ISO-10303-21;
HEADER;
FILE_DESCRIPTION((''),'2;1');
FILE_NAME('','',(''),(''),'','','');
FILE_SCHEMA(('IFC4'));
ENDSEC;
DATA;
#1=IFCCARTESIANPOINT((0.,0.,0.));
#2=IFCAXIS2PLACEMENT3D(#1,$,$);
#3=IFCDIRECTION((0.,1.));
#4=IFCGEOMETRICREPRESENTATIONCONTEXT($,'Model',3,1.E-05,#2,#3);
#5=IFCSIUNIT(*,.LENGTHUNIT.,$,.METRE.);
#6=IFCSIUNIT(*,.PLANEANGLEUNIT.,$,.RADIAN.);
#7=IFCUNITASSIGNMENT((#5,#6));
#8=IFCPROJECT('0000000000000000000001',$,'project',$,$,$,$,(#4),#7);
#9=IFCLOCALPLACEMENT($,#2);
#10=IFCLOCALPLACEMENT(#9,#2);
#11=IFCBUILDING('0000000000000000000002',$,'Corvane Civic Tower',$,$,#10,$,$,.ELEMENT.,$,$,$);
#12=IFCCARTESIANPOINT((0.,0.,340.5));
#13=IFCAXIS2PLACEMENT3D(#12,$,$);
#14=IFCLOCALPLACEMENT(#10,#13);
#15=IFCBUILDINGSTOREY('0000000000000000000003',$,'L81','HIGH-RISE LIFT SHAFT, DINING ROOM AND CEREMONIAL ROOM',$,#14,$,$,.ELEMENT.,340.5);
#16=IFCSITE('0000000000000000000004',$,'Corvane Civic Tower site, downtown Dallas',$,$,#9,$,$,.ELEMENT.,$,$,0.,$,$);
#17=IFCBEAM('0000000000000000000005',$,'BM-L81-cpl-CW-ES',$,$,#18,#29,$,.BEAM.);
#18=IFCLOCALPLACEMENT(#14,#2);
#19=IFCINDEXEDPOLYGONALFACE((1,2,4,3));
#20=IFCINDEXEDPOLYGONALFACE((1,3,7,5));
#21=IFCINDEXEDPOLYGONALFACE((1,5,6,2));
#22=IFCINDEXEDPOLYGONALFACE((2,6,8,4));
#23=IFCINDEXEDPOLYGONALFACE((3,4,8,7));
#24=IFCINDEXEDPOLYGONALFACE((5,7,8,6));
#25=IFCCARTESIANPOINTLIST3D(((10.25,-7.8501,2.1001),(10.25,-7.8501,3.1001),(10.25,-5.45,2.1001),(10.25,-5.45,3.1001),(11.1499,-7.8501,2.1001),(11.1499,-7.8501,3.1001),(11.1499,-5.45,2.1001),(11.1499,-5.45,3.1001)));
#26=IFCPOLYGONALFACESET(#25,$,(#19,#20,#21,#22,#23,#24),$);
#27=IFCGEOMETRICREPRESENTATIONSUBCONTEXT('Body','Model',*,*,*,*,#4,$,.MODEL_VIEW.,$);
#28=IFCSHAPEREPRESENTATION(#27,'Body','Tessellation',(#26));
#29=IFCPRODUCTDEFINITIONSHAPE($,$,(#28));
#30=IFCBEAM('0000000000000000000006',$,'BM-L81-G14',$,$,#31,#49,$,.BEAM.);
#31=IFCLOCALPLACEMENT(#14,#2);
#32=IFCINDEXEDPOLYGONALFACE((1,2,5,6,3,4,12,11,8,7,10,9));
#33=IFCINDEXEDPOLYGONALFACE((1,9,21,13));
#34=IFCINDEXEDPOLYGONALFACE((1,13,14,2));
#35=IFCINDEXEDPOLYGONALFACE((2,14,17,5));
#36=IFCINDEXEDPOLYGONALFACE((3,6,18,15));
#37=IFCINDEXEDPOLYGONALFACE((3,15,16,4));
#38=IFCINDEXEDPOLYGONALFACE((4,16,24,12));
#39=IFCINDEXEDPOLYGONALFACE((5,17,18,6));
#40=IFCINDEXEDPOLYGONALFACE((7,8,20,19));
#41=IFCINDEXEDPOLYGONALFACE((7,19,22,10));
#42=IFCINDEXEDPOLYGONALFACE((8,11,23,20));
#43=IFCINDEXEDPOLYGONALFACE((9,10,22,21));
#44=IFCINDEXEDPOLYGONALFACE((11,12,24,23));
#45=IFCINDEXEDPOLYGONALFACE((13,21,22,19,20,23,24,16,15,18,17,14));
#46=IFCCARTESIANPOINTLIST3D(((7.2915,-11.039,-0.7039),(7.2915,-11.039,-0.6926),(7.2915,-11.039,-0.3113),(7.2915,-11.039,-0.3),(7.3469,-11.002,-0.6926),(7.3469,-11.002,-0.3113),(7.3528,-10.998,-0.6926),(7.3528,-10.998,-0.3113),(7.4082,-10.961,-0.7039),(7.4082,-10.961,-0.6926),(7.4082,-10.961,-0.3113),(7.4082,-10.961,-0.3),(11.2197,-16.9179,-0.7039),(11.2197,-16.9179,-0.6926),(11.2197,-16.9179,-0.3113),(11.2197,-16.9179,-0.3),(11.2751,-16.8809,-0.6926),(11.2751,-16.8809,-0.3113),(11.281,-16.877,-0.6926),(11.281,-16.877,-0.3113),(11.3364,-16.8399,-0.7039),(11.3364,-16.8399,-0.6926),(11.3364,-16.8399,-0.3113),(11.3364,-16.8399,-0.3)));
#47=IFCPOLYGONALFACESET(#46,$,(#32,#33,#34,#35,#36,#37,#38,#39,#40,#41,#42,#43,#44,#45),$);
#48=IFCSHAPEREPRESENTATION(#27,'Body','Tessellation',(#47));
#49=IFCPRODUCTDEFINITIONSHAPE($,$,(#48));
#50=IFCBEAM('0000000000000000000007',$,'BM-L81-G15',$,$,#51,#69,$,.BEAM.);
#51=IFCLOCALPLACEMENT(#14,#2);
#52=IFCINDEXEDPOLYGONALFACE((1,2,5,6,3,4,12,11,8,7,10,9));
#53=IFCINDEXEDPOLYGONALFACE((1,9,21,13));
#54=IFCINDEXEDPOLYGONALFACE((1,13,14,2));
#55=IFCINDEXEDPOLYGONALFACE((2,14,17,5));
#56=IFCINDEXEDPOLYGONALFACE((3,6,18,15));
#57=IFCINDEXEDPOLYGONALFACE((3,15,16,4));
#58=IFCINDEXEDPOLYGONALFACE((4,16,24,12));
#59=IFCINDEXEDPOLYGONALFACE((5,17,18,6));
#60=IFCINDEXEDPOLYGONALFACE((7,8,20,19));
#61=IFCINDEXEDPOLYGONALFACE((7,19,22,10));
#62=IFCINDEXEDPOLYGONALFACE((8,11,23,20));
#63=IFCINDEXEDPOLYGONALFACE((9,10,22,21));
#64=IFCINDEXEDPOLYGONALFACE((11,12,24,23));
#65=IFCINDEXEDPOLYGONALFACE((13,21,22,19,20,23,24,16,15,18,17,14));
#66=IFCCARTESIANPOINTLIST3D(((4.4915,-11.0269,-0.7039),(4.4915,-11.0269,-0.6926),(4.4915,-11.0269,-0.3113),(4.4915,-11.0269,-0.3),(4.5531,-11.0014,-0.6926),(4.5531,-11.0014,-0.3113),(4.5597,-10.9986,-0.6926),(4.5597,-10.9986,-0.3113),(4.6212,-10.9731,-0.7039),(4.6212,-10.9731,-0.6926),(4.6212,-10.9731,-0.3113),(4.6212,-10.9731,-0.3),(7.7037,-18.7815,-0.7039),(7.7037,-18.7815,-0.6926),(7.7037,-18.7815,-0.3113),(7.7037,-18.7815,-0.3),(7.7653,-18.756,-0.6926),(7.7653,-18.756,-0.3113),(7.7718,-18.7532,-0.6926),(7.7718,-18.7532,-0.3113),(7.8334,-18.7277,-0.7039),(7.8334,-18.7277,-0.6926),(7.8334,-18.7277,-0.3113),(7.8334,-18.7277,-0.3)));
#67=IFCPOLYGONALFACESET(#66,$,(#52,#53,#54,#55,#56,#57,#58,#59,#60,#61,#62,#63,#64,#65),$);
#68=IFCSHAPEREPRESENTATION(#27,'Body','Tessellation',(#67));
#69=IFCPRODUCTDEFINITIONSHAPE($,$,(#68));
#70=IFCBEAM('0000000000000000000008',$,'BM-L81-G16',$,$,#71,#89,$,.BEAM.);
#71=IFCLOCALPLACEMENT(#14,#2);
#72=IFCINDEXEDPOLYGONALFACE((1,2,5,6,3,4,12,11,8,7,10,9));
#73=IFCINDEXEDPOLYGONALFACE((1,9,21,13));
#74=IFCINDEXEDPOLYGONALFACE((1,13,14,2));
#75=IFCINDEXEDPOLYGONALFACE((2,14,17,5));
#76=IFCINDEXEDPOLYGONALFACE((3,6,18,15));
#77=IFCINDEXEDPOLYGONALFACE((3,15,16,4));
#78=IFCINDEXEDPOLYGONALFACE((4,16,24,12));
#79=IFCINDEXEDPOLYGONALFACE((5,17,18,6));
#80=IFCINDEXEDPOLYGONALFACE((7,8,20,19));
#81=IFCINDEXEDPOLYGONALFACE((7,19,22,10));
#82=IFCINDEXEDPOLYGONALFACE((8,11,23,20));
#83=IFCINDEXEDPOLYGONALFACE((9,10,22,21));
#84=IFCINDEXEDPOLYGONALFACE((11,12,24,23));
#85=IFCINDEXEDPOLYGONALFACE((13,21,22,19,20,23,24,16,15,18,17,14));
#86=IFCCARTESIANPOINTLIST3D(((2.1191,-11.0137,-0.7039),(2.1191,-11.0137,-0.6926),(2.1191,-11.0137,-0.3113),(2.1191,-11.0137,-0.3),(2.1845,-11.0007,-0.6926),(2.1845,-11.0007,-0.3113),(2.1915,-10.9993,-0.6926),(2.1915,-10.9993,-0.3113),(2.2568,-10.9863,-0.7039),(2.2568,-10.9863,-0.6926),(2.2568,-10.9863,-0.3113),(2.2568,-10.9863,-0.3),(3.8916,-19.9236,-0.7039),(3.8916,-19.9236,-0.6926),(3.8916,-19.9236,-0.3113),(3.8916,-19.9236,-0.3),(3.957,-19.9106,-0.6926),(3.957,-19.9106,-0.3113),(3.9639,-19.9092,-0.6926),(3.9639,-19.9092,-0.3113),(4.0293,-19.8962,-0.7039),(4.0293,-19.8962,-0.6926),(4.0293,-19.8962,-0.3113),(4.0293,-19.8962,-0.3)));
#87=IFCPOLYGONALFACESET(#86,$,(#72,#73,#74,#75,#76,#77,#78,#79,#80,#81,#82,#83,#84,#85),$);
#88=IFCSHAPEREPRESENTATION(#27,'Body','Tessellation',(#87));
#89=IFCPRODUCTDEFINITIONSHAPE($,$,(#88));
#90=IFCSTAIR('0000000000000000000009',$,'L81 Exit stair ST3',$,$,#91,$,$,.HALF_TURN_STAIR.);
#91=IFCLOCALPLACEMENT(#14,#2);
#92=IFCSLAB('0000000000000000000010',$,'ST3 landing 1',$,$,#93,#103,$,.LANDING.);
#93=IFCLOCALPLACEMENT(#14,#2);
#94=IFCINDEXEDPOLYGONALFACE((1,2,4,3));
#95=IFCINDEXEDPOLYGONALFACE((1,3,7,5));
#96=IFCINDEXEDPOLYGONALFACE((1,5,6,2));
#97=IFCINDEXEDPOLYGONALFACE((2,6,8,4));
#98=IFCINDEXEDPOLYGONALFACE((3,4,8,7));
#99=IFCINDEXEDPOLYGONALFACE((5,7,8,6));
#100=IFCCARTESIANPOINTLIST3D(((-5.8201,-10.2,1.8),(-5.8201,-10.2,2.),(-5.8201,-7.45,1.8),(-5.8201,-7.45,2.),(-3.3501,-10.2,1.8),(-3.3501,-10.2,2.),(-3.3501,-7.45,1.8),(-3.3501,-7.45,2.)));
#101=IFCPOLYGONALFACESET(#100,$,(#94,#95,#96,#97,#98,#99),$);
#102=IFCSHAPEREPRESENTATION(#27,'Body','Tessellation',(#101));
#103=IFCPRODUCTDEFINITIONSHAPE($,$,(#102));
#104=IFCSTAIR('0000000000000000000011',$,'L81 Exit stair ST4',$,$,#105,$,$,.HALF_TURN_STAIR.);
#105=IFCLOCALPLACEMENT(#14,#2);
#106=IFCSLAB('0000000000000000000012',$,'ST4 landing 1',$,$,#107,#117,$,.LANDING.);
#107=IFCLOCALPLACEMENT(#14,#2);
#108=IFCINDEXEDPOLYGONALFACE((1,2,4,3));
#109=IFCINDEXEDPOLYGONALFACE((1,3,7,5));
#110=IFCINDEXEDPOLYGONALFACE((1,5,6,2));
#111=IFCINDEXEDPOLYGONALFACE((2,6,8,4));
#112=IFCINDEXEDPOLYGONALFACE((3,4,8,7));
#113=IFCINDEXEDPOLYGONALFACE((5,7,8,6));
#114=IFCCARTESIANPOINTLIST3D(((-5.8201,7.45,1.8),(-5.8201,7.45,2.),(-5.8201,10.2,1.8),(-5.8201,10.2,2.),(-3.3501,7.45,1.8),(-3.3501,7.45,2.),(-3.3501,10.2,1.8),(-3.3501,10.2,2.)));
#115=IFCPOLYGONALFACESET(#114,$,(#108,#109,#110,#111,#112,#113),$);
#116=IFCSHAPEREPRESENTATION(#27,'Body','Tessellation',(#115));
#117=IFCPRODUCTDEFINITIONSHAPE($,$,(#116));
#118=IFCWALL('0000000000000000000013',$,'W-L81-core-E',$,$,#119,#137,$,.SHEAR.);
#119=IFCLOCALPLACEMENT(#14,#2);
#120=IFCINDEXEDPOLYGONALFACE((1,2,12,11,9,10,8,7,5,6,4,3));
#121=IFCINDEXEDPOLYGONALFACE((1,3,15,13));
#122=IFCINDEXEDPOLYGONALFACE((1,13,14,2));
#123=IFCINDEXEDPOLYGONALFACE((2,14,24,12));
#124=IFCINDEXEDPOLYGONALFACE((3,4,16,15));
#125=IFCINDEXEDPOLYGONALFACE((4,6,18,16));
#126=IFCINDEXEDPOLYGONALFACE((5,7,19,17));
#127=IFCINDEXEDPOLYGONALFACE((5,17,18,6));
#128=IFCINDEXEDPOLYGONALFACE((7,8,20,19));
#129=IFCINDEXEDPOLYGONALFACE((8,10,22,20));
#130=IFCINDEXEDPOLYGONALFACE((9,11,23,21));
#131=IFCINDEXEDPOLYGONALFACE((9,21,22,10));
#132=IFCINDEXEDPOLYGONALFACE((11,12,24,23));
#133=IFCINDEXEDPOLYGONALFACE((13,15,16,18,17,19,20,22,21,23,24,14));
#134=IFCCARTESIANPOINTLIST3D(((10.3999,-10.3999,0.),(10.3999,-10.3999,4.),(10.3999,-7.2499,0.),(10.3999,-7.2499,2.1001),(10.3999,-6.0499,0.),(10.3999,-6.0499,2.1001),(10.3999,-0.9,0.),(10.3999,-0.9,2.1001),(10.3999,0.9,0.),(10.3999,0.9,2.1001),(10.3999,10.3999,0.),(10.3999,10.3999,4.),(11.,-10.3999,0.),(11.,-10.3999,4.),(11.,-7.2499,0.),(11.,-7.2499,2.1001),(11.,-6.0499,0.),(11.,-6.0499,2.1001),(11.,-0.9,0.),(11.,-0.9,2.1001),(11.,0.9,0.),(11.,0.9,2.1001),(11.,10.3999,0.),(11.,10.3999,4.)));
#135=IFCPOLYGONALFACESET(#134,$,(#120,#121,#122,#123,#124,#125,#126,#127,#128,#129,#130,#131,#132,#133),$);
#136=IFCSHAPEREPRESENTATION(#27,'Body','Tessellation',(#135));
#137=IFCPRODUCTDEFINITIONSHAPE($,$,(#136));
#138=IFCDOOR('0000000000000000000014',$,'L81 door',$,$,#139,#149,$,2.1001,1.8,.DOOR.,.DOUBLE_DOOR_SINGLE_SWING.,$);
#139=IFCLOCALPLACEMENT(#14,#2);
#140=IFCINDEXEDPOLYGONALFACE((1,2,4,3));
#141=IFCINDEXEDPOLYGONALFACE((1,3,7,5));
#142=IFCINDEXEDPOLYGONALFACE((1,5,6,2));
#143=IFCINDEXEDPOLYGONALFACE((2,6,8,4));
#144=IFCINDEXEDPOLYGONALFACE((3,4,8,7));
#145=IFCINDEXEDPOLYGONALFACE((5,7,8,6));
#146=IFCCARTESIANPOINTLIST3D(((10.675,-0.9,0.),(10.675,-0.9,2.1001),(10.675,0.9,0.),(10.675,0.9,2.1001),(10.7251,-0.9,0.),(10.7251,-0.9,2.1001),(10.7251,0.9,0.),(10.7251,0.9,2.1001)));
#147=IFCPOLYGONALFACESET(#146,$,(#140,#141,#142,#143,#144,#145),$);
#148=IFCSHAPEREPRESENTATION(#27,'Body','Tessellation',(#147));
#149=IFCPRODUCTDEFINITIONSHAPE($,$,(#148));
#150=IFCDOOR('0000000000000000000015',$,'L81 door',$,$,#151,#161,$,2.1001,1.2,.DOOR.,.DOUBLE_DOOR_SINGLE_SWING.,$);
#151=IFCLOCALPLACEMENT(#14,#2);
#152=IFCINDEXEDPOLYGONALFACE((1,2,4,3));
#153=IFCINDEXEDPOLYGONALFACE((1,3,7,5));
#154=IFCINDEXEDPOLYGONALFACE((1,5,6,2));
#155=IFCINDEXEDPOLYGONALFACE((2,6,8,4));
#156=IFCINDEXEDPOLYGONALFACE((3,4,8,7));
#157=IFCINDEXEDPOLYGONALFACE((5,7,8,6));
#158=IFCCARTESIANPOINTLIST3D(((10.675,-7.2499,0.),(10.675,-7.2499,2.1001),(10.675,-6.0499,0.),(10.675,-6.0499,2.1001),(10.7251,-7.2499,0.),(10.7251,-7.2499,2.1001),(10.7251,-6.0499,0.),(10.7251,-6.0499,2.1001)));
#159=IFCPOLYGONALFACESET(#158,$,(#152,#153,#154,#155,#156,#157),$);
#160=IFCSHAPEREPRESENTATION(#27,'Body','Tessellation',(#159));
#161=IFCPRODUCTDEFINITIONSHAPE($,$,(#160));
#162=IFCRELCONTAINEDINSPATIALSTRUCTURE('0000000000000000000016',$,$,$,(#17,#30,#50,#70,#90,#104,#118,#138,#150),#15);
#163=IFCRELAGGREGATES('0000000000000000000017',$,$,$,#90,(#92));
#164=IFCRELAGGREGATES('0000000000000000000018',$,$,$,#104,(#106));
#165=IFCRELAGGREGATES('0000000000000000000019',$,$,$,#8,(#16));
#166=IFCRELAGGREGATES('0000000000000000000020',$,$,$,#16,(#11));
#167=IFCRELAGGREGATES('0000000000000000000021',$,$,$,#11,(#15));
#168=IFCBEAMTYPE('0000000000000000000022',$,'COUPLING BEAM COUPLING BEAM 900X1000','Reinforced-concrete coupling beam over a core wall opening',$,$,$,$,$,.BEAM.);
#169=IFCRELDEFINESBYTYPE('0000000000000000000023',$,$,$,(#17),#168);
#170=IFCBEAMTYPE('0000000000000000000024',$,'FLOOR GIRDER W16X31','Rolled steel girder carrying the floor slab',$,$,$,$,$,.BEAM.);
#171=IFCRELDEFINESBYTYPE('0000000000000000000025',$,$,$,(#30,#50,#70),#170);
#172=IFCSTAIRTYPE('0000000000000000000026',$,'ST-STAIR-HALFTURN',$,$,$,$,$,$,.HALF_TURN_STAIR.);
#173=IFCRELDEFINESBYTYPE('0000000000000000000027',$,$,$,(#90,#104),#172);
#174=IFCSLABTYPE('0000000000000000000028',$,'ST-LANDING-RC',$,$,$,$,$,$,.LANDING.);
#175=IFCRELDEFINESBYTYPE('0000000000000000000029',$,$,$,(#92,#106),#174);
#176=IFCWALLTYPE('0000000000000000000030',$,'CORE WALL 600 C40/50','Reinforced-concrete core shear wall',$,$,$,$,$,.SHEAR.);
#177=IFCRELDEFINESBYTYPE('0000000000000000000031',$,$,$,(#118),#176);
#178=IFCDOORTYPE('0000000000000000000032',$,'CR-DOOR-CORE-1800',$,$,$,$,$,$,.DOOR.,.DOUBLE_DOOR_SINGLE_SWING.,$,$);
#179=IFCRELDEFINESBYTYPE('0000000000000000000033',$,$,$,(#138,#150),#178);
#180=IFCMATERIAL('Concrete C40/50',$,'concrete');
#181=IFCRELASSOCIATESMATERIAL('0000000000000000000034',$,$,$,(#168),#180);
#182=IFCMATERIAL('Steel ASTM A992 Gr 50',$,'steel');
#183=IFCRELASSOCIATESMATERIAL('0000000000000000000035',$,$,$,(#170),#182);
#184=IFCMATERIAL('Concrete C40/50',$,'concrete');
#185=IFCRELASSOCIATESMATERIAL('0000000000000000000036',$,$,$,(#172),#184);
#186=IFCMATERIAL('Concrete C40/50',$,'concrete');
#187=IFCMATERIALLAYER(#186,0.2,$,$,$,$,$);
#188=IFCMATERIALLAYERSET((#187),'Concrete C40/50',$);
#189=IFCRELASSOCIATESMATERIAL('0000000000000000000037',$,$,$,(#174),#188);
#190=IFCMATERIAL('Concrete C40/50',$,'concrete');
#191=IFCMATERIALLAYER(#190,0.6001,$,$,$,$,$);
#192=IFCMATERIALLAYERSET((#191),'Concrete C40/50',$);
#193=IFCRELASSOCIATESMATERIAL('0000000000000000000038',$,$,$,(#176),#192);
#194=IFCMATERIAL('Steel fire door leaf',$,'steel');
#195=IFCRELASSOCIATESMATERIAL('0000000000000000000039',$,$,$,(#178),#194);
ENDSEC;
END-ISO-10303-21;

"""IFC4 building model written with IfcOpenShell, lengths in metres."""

from ifc_helpers import new_model, si_unit, direction, frame, frame_2d, origin, origin_2d, place, context, subcontext, project, spatial, polyline, rectangle, i_section, outline, extrude, material, layer, layer_set, material_profile, profile_set, type_object, element, fill, aggregate, save


model = new_model("IFC4")

# Units and contexts
model_context = context("Model", 3, precision=1e-05, world=origin(), true_north=direction((0.0, 1.0)))
body_context = subcontext(model_context, "Body", "Model", "MODEL_VIEW")
ifc_project = project(units=[si_unit("LENGTHUNIT", "METRE"), si_unit("PLANEANGLEUNIT", "RADIAN")], contexts=[model_context])

# Site, building, storey
site_placement = place(None, origin())
site = spatial("IfcSite", under=ifc_project, at=site_placement, Name="Corvane Civic Tower site, downtown Dallas", CompositionType="ELEMENT", RefElevation=0.0)
building_placement = place(site_placement, origin())
building = spatial("IfcBuilding", under=site, at=building_placement, Name="Corvane Civic Tower", CompositionType="ELEMENT")
storey_placement = place(building_placement, frame((0.0, 0.0, 340.5)))
storey = spatial("IfcBuildingStorey", under=building, at=storey_placement, Name="L81", Description="HIGH-RISE LIFT SHAFT, DINING ROOM AND CEREMONIAL ROOM", CompositionType="ELEMENT", Elevation=340.5)

# Beams
ifc_material_1 = material(Name="Concrete C40/50", Category="concrete")
ifc_material_profile_1 = material_profile(ifc_material_1, rectangle(XDim=0.8999, YDim=1.0, at=origin_2d()), Name="COUPLING BEAM 900X1000")
ifc_profile_set_1 = profile_set([ifc_material_profile_1], Name="Concrete C40/50")
beam_type_1 = type_object("IfcBeamType", Name="COUPLING BEAM COUPLING BEAM 900X1000", Description="Reinforced-concrete coupling beam over a core wall opening", PredefinedType="BEAM", material=ifc_profile_set_1)
beam_1_placement = place(storey_placement, frame((10.7, -7.8501, 2.6001), z_axis=(0.0, 1.0, 0.0), x_axis=(-1.0, 0.0, 0.0)))
element("IfcBeam", 1, at=beam_1_placement, inside=storey, type_object=beam_type_1, Name="BM-L81-cpl-CW-ES", PredefinedType="BEAM", context=body_context, shape_type="SweptSolid", body=[
    extrude(rectangle(XDim=0.8999, YDim=1.0, at=origin_2d()), origin(), (0.0, 0.0, 1.0), 2.4001),
])
ifc_material_2 = material(Name="Steel ASTM A992 Gr 50", Category="steel")
ifc_material_profile_2 = material_profile(ifc_material_2, i_section(OverallWidth=0.1404, OverallDepth=0.4038, WebThickness=0.0071, FlangeThickness=0.0112, at=origin_2d()), Name="W16X31")
ifc_profile_set_2 = profile_set([ifc_material_profile_2], Name="Steel ASTM A992 Gr 50")
beam_type_2 = type_object("IfcBeamType", Name="FLOOR GIRDER W16X31", Description="Rolled steel girder carrying the floor slab", PredefinedType="BEAM", material=ifc_profile_set_2)
beam_2_placement = place(storey_placement, frame((7.3499, -11.0, -0.502), z_axis=(0.555576, -0.831465, 0.0), x_axis=(0.831465, 0.555576, 0.0)))
element("IfcBeam", 2, at=beam_2_placement, inside=storey, type_object=beam_type_2, Name="BM-L81-G14", PredefinedType="BEAM", context=body_context, shape_type="SweptSolid", body=[
    extrude(i_section(OverallWidth=0.1404, OverallDepth=0.4038, WebThickness=0.0071, FlangeThickness=0.0112, at=origin_2d()), origin(), (0.0, 0.0, 1.0), 7.0706),
])
beam_3_placement = place(storey_placement, frame((4.5564, -11.0, -0.502), z_axis=(0.382692, -0.923876, 0.0), x_axis=(0.923876, 0.382692, 0.0)))
element("IfcBeam", 3, at=beam_3_placement, inside=storey, type_object=beam_type_2, Name="BM-L81-G15", PredefinedType="BEAM", context=body_context, shape_type="SweptSolid", body=[
    extrude(i_section(OverallWidth=0.1404, OverallDepth=0.4038, WebThickness=0.0071, FlangeThickness=0.0112, at=origin_2d()), origin(), (0.0, 0.0, 1.0), 8.3936),
])
beam_4_placement = place(storey_placement, frame((2.188, -11.0, -0.502), z_axis=(0.195108, -0.980782, 0.0), x_axis=(0.980782, 0.195108, 0.0)))
element("IfcBeam", 4, at=beam_4_placement, inside=storey, type_object=beam_type_2, Name="BM-L81-G16", PredefinedType="BEAM", context=body_context, shape_type="SweptSolid", body=[
    extrude(i_section(OverallWidth=0.1404, OverallDepth=0.4038, WebThickness=0.0071, FlangeThickness=0.0112, at=origin_2d()), origin(), (0.0, 0.0, 1.0), 9.0845),
])

# Stairs, slabs
ifc_material_3 = material(Name="Concrete C40/50", Category="concrete")
stair_type = type_object("IfcStairType", Name="ST-STAIR-HALFTURN", PredefinedType="HALF_TURN_STAIR", material=ifc_material_3)
stair_1_placement = place(storey_placement, origin())
stair_1 = element("IfcStair", 5, at=stair_1_placement, inside=storey, type_object=stair_type, Name="L81 Exit stair ST3", PredefinedType="HALF_TURN_STAIR")
ifc_material_4 = material(Name="Concrete C40/50", Category="concrete")
ifc_layer_1 = layer(ifc_material_4, 0.2)
ifc_layer_set_1 = layer_set([ifc_layer_1], Name="Concrete C40/50")
slab_type = type_object("IfcSlabType", Name="ST-LANDING-RC", PredefinedType="LANDING", material=ifc_layer_set_1)
slab_1_placement = place(storey_placement, frame((0.0, 0.0, 1.8)))
slab_1 = element("IfcSlab", 6, at=slab_1_placement, type_object=slab_type, Name="ST3 landing 1", PredefinedType="LANDING", context=body_context, shape_type="SweptSolid", body=[
    extrude(outline(polyline([(-5.8201, -10.2), (-3.3501, -10.2), (-3.3501, -7.45), (-5.8201, -7.45), (-5.8201, -10.2)])), origin(), (0.0, 0.0, 1.0), 0.2),
])
aggregate(stair_1, [slab_1])
stair_2_placement = place(storey_placement, origin())
stair_2 = element("IfcStair", 7, at=stair_2_placement, inside=storey, type_object=stair_type, Name="L81 Exit stair ST4", PredefinedType="HALF_TURN_STAIR")
slab_2_placement = place(storey_placement, frame((0.0, 0.0, 1.8)))
slab_2 = element("IfcSlab", 8, at=slab_2_placement, type_object=slab_type, Name="ST4 landing 1", PredefinedType="LANDING", context=body_context, shape_type="SweptSolid", body=[
    extrude(outline(polyline([(-5.8201, 7.45), (-3.3501, 7.45), (-3.3501, 10.2), (-5.8201, 10.2), (-5.8201, 7.45)])), origin(), (0.0, 0.0, 1.0), 0.2),
])
aggregate(stair_2, [slab_2])

# Wall, openings, doors
ifc_material_5 = material(Name="Concrete C40/50", Category="concrete")
ifc_layer_2 = layer(ifc_material_5, 0.6001)
ifc_layer_set_2 = layer_set([ifc_layer_2], Name="Concrete C40/50")
wall_type_1 = type_object("IfcWallType", Name="CORE WALL 600 C40/50", Description="Reinforced-concrete core shear wall", PredefinedType="SHEAR", material=ifc_layer_set_2)
wall_1_placement = place(storey_placement, frame((10.7, -10.3999, 0.0), z_axis=(0.0, 0.0, 1.0), x_axis=(0.0, 1.0, 0.0)))
wall_1 = element("IfcWall", 9, at=wall_1_placement, inside=storey, type_object=wall_type_1, Name="W-L81-core-E", PredefinedType="SHEAR", context=body_context, shape_type="SweptSolid", body=[
    extrude(rectangle(XDim=20.7998, YDim=0.6001, at=frame_2d((10.3999, 0.0))), origin(), (0.0, 0.0, 1.0), 4.0),
])
opening_1_placement = place(wall_1_placement, frame((9.5, 0.0, 0.0)))
opening_1 = element("IfcOpeningElement", 10, at=opening_1_placement, cuts=wall_1, PredefinedType="OPENING", context=body_context, shape_type="SweptSolid", body=[
    extrude(rectangle(XDim=1.8, YDim=2.1001, at=frame_2d((0.8999, 1.05))), frame((0.0, 0.3101, 0.0), z_axis=(0.0, -1.0, 0.0), x_axis=(1.0, 0.0, 0.0)), (0.0, 0.0, 1.0), 0.6201),
])
opening_2_placement = place(wall_1_placement, frame((3.1499, 0.0, 0.0)))
opening_2 = element("IfcOpeningElement", 11, at=opening_2_placement, cuts=wall_1, PredefinedType="OPENING", context=body_context, shape_type="SweptSolid", body=[
    extrude(rectangle(XDim=1.2, YDim=2.1001, at=frame_2d((0.6001, 1.05))), frame((0.0, 0.3101, 0.0), z_axis=(0.0, -1.0, 0.0), x_axis=(1.0, 0.0, 0.0)), (0.0, 0.0, 1.0), 0.6201),
])
ifc_material_6 = material(Name="Steel fire door leaf", Category="steel")
door_type_1 = type_object("IfcDoorType", Name="CR-DOOR-CORE-1800", OperationType="DOUBLE_DOOR_SINGLE_SWING", PredefinedType="DOOR", material=ifc_material_6)
door_1_placement = place(opening_1_placement, origin())
door_1 = element("IfcDoor", 12, at=door_1_placement, inside=storey, type_object=door_type_1, Name="L81 door", OperationType="DOUBLE_DOOR_SINGLE_SWING", OverallHeight=2.1001, OverallWidth=1.8, PredefinedType="DOOR", context=body_context, shape_type="SweptSolid", body=[
    extrude(rectangle(XDim=1.8, YDim=2.1001, at=frame_2d((0.8999, 1.05))), frame((0.0, 0.0249, 0.0), z_axis=(0.0, -1.0, 0.0), x_axis=(1.0, 0.0, 0.0)), (0.0, 0.0, 1.0), 0.05),
])
fill(opening_1, door_1)
door_2_placement = place(opening_2_placement, origin())
door_2 = element("IfcDoor", 13, at=door_2_placement, inside=storey, type_object=door_type_1, Name="L81 door", OperationType="DOUBLE_DOOR_SINGLE_SWING", OverallHeight=2.1001, OverallWidth=1.2, PredefinedType="DOOR", context=body_context, shape_type="SweptSolid", body=[
    extrude(rectangle(XDim=1.2, YDim=2.1001, at=frame_2d((0.6001, 1.05))), frame((0.0, 0.0249, 0.0), z_axis=(0.0, -1.0, 0.0), x_axis=(1.0, 0.0, 0.0)), (0.0, 0.0, 1.0), 0.05),
])
fill(opening_2, door_2)

save(model, "model.ifc")
